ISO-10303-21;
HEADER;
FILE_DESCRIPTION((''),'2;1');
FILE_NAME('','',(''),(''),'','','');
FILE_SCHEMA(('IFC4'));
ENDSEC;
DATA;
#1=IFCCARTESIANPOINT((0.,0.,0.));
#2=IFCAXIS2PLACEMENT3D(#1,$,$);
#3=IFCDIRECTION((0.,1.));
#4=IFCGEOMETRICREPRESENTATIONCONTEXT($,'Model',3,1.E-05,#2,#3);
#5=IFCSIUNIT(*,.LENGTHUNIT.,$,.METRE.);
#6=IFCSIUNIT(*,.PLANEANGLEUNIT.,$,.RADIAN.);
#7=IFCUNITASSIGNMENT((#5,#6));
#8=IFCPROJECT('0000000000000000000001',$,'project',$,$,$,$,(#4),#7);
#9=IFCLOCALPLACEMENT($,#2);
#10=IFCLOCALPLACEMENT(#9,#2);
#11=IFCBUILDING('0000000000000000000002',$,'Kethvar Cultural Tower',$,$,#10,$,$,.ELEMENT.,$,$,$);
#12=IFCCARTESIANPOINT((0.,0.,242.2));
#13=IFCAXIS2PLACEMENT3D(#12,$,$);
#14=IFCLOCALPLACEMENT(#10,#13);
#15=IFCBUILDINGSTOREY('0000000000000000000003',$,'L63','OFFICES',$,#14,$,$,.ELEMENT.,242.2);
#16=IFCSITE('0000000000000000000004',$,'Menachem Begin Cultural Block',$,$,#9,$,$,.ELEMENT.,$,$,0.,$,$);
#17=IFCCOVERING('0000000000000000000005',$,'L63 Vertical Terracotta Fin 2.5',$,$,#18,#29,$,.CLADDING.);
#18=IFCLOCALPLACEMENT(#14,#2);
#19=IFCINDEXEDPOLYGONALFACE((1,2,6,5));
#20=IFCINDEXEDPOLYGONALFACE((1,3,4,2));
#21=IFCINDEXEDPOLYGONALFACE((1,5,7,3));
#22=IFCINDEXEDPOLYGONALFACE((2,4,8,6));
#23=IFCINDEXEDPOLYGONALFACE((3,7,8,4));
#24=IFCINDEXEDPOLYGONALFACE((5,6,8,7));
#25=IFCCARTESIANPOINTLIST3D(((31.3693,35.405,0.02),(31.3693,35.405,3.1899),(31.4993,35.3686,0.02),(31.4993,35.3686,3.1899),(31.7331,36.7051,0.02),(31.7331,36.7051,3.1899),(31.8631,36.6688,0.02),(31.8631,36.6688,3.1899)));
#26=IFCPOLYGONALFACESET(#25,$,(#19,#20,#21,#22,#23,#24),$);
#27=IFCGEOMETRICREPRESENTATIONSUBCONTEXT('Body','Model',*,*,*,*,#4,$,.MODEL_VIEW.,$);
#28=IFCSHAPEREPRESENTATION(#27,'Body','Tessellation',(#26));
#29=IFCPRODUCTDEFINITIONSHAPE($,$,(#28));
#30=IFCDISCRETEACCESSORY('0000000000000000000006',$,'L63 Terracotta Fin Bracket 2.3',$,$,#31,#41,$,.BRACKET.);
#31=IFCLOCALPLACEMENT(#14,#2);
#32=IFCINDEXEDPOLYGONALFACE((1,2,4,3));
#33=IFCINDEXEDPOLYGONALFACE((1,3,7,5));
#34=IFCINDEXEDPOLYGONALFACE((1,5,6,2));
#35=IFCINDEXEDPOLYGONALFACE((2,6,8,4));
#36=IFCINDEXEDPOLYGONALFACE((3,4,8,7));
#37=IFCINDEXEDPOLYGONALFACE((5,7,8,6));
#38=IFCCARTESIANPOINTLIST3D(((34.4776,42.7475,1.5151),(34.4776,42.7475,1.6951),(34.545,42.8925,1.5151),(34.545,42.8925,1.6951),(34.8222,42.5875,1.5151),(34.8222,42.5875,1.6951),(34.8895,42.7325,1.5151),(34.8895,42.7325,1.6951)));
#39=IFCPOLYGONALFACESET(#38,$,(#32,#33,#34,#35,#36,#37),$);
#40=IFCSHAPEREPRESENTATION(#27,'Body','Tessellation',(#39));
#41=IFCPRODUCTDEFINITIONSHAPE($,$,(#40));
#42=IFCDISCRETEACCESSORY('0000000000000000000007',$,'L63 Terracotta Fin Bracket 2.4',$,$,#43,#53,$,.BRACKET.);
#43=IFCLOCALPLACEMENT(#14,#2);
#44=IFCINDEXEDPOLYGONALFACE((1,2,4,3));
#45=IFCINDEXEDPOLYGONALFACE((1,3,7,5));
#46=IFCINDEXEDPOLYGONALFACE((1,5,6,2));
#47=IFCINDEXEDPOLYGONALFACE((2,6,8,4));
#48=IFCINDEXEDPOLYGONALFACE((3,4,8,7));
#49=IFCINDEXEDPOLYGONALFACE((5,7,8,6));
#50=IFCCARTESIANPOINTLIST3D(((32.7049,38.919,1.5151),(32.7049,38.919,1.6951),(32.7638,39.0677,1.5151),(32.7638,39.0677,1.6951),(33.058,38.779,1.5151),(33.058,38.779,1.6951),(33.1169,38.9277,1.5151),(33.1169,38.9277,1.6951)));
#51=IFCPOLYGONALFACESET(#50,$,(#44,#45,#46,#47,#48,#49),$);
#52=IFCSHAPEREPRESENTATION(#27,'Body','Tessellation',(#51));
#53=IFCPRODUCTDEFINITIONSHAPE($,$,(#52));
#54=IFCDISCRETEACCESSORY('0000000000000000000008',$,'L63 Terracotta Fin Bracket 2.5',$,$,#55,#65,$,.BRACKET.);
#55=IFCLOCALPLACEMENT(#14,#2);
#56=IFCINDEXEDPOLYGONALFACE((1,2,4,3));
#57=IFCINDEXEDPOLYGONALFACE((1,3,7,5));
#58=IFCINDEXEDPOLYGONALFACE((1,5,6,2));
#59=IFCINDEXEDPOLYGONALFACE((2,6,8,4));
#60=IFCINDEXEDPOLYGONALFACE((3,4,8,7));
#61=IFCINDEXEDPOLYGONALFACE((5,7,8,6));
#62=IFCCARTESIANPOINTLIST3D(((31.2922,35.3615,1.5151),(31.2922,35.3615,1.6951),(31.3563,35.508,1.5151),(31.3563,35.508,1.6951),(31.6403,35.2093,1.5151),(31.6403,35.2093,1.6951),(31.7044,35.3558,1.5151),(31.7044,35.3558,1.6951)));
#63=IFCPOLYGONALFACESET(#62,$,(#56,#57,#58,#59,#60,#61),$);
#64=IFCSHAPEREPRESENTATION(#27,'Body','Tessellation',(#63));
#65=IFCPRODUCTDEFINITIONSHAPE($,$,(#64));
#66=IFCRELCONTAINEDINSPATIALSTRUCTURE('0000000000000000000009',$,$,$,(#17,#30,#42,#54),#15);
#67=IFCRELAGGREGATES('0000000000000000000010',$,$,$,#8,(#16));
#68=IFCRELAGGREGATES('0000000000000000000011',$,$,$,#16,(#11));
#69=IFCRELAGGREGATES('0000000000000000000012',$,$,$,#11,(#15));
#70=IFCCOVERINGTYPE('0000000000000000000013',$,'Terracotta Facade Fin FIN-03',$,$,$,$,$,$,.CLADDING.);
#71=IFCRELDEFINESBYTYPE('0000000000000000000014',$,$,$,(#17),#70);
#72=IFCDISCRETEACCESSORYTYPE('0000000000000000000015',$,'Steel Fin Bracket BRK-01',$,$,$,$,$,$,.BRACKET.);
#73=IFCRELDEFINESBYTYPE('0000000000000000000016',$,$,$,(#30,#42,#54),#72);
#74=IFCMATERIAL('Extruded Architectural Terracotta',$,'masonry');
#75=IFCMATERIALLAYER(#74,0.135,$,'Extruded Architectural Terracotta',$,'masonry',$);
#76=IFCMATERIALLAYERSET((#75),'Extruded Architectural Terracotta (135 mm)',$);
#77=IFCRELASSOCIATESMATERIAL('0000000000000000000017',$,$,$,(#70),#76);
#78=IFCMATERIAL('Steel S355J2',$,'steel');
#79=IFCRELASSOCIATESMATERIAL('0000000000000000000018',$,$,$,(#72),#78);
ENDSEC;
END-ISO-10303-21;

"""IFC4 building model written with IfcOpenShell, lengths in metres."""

from ifc_helpers import new_model, si_unit, direction, frame, origin, origin_2d, place, context, subcontext, project, spatial, rectangle, extrude, source, transform, mapped, material, layer, layer_set, type_object, element, save


model = new_model("IFC4")

# Units and contexts
model_context = context("Model", 3, precision=1e-05, world=origin(), true_north=direction((0.0, 1.0)))
body_context = subcontext(model_context, "Body", "Model", "MODEL_VIEW")
ifc_project = project(units=[si_unit("LENGTHUNIT", "METRE"), si_unit("PLANEANGLEUNIT", "RADIAN")], contexts=[model_context])

# Site, building, storey
site_placement = place(None, origin())
site = spatial("IfcSite", under=ifc_project, at=site_placement, Name="Menachem Begin Cultural Block", CompositionType="ELEMENT", RefElevation=0.0)
building_placement = place(site_placement, origin())
building = spatial("IfcBuilding", under=site, at=building_placement, Name="Kethvar Cultural Tower", CompositionType="ELEMENT")
storey_placement = place(building_placement, frame((0.0, 0.0, 242.2)))
storey = spatial("IfcBuildingStorey", under=building, at=storey_placement, Name="L63", Description="OFFICES", CompositionType="ELEMENT", Elevation=242.2)

# Shared definitions
ifc_material_1 = material(Name="Steel S355J2", Category="steel")

# Covering
ifc_material_2 = material(Name="Extruded Architectural Terracotta", Category="masonry")
ifc_layer_1 = layer(ifc_material_2, 0.135, Name="Extruded Architectural Terracotta", Category="masonry")
ifc_layer_set_1 = layer_set([ifc_layer_1], Name="Extruded Architectural Terracotta (135 mm)")
covering_type_1 = type_object("IfcCoveringType", Name="Terracotta Facade Fin FIN-03", PredefinedType="CLADDING", material=ifc_layer_set_1)
shared_shape_1 = source(origin(), body_context, "Body", "SweptSolid", [
    extrude(rectangle(XDim=1.3501, YDim=0.135, at=origin_2d()), origin(), (0.0, 0.0, 1.0), 3.1699),
])
for number, where, z_axis, x_axis, name in (
    (1, (31.6162, 36.0369, 0.02), (0.0, 0.0, 1.0), (0.269424, 0.963022, 0.0), "L63 Vertical Terracotta Fin 2.5"),
):
    element("IfcCovering", number, at=place(storey_placement, frame(where, z_axis=z_axis, x_axis=x_axis)), inside=storey, type_object=covering_type_1, Name=name, PredefinedType="CLADDING", context=body_context, shape_type="MappedRepresentation", body=[
        mapped(shared_shape_1, transform((0.0, 0.0, 0.0), scale=1.0)),
    ])

# Discrete accessories
discrete_accessory_type = type_object("IfcDiscreteAccessoryType", Name="Steel Fin Bracket BRK-01", PredefinedType="BRACKET", material=ifc_material_1)
shared_shape_2 = source(origin(), body_context, "Body", "SweptSolid", [
    extrude(rectangle(XDim=0.3799, YDim=0.1599, at=origin_2d()), origin(), (0.0, 0.0, 1.0), 0.1799),
])
for number, where, z_axis, x_axis, name in (
    (2, (34.6836, 42.74, 1.5151), (0.0, 0.0, 1.0), (-0.906971, 0.421194, 0.0), "L63 Terracotta Fin Bracket 2.3"),
    (3, (32.9109, 38.9233, 1.5151), (0.0, 0.0, 1.0), (-0.929648, 0.368449, 0.0), "L63 Terracotta Fin Bracket 2.4"),
    (4, (31.4983, 35.3586, 1.5151), (0.0, 0.0, 1.0), (-0.916153, 0.400829, 0.0), "L63 Terracotta Fin Bracket 2.5"),
):
    element("IfcDiscreteAccessory", number, at=place(storey_placement, frame(where, z_axis=z_axis, x_axis=x_axis)), inside=storey, type_object=discrete_accessory_type, Name=name, PredefinedType="BRACKET", context=body_context, shape_type="MappedRepresentation", body=[
        mapped(shared_shape_2, transform((0.0, 0.0, 0.0), scale=1.0)),
    ])

save(model, "model.ifc")
